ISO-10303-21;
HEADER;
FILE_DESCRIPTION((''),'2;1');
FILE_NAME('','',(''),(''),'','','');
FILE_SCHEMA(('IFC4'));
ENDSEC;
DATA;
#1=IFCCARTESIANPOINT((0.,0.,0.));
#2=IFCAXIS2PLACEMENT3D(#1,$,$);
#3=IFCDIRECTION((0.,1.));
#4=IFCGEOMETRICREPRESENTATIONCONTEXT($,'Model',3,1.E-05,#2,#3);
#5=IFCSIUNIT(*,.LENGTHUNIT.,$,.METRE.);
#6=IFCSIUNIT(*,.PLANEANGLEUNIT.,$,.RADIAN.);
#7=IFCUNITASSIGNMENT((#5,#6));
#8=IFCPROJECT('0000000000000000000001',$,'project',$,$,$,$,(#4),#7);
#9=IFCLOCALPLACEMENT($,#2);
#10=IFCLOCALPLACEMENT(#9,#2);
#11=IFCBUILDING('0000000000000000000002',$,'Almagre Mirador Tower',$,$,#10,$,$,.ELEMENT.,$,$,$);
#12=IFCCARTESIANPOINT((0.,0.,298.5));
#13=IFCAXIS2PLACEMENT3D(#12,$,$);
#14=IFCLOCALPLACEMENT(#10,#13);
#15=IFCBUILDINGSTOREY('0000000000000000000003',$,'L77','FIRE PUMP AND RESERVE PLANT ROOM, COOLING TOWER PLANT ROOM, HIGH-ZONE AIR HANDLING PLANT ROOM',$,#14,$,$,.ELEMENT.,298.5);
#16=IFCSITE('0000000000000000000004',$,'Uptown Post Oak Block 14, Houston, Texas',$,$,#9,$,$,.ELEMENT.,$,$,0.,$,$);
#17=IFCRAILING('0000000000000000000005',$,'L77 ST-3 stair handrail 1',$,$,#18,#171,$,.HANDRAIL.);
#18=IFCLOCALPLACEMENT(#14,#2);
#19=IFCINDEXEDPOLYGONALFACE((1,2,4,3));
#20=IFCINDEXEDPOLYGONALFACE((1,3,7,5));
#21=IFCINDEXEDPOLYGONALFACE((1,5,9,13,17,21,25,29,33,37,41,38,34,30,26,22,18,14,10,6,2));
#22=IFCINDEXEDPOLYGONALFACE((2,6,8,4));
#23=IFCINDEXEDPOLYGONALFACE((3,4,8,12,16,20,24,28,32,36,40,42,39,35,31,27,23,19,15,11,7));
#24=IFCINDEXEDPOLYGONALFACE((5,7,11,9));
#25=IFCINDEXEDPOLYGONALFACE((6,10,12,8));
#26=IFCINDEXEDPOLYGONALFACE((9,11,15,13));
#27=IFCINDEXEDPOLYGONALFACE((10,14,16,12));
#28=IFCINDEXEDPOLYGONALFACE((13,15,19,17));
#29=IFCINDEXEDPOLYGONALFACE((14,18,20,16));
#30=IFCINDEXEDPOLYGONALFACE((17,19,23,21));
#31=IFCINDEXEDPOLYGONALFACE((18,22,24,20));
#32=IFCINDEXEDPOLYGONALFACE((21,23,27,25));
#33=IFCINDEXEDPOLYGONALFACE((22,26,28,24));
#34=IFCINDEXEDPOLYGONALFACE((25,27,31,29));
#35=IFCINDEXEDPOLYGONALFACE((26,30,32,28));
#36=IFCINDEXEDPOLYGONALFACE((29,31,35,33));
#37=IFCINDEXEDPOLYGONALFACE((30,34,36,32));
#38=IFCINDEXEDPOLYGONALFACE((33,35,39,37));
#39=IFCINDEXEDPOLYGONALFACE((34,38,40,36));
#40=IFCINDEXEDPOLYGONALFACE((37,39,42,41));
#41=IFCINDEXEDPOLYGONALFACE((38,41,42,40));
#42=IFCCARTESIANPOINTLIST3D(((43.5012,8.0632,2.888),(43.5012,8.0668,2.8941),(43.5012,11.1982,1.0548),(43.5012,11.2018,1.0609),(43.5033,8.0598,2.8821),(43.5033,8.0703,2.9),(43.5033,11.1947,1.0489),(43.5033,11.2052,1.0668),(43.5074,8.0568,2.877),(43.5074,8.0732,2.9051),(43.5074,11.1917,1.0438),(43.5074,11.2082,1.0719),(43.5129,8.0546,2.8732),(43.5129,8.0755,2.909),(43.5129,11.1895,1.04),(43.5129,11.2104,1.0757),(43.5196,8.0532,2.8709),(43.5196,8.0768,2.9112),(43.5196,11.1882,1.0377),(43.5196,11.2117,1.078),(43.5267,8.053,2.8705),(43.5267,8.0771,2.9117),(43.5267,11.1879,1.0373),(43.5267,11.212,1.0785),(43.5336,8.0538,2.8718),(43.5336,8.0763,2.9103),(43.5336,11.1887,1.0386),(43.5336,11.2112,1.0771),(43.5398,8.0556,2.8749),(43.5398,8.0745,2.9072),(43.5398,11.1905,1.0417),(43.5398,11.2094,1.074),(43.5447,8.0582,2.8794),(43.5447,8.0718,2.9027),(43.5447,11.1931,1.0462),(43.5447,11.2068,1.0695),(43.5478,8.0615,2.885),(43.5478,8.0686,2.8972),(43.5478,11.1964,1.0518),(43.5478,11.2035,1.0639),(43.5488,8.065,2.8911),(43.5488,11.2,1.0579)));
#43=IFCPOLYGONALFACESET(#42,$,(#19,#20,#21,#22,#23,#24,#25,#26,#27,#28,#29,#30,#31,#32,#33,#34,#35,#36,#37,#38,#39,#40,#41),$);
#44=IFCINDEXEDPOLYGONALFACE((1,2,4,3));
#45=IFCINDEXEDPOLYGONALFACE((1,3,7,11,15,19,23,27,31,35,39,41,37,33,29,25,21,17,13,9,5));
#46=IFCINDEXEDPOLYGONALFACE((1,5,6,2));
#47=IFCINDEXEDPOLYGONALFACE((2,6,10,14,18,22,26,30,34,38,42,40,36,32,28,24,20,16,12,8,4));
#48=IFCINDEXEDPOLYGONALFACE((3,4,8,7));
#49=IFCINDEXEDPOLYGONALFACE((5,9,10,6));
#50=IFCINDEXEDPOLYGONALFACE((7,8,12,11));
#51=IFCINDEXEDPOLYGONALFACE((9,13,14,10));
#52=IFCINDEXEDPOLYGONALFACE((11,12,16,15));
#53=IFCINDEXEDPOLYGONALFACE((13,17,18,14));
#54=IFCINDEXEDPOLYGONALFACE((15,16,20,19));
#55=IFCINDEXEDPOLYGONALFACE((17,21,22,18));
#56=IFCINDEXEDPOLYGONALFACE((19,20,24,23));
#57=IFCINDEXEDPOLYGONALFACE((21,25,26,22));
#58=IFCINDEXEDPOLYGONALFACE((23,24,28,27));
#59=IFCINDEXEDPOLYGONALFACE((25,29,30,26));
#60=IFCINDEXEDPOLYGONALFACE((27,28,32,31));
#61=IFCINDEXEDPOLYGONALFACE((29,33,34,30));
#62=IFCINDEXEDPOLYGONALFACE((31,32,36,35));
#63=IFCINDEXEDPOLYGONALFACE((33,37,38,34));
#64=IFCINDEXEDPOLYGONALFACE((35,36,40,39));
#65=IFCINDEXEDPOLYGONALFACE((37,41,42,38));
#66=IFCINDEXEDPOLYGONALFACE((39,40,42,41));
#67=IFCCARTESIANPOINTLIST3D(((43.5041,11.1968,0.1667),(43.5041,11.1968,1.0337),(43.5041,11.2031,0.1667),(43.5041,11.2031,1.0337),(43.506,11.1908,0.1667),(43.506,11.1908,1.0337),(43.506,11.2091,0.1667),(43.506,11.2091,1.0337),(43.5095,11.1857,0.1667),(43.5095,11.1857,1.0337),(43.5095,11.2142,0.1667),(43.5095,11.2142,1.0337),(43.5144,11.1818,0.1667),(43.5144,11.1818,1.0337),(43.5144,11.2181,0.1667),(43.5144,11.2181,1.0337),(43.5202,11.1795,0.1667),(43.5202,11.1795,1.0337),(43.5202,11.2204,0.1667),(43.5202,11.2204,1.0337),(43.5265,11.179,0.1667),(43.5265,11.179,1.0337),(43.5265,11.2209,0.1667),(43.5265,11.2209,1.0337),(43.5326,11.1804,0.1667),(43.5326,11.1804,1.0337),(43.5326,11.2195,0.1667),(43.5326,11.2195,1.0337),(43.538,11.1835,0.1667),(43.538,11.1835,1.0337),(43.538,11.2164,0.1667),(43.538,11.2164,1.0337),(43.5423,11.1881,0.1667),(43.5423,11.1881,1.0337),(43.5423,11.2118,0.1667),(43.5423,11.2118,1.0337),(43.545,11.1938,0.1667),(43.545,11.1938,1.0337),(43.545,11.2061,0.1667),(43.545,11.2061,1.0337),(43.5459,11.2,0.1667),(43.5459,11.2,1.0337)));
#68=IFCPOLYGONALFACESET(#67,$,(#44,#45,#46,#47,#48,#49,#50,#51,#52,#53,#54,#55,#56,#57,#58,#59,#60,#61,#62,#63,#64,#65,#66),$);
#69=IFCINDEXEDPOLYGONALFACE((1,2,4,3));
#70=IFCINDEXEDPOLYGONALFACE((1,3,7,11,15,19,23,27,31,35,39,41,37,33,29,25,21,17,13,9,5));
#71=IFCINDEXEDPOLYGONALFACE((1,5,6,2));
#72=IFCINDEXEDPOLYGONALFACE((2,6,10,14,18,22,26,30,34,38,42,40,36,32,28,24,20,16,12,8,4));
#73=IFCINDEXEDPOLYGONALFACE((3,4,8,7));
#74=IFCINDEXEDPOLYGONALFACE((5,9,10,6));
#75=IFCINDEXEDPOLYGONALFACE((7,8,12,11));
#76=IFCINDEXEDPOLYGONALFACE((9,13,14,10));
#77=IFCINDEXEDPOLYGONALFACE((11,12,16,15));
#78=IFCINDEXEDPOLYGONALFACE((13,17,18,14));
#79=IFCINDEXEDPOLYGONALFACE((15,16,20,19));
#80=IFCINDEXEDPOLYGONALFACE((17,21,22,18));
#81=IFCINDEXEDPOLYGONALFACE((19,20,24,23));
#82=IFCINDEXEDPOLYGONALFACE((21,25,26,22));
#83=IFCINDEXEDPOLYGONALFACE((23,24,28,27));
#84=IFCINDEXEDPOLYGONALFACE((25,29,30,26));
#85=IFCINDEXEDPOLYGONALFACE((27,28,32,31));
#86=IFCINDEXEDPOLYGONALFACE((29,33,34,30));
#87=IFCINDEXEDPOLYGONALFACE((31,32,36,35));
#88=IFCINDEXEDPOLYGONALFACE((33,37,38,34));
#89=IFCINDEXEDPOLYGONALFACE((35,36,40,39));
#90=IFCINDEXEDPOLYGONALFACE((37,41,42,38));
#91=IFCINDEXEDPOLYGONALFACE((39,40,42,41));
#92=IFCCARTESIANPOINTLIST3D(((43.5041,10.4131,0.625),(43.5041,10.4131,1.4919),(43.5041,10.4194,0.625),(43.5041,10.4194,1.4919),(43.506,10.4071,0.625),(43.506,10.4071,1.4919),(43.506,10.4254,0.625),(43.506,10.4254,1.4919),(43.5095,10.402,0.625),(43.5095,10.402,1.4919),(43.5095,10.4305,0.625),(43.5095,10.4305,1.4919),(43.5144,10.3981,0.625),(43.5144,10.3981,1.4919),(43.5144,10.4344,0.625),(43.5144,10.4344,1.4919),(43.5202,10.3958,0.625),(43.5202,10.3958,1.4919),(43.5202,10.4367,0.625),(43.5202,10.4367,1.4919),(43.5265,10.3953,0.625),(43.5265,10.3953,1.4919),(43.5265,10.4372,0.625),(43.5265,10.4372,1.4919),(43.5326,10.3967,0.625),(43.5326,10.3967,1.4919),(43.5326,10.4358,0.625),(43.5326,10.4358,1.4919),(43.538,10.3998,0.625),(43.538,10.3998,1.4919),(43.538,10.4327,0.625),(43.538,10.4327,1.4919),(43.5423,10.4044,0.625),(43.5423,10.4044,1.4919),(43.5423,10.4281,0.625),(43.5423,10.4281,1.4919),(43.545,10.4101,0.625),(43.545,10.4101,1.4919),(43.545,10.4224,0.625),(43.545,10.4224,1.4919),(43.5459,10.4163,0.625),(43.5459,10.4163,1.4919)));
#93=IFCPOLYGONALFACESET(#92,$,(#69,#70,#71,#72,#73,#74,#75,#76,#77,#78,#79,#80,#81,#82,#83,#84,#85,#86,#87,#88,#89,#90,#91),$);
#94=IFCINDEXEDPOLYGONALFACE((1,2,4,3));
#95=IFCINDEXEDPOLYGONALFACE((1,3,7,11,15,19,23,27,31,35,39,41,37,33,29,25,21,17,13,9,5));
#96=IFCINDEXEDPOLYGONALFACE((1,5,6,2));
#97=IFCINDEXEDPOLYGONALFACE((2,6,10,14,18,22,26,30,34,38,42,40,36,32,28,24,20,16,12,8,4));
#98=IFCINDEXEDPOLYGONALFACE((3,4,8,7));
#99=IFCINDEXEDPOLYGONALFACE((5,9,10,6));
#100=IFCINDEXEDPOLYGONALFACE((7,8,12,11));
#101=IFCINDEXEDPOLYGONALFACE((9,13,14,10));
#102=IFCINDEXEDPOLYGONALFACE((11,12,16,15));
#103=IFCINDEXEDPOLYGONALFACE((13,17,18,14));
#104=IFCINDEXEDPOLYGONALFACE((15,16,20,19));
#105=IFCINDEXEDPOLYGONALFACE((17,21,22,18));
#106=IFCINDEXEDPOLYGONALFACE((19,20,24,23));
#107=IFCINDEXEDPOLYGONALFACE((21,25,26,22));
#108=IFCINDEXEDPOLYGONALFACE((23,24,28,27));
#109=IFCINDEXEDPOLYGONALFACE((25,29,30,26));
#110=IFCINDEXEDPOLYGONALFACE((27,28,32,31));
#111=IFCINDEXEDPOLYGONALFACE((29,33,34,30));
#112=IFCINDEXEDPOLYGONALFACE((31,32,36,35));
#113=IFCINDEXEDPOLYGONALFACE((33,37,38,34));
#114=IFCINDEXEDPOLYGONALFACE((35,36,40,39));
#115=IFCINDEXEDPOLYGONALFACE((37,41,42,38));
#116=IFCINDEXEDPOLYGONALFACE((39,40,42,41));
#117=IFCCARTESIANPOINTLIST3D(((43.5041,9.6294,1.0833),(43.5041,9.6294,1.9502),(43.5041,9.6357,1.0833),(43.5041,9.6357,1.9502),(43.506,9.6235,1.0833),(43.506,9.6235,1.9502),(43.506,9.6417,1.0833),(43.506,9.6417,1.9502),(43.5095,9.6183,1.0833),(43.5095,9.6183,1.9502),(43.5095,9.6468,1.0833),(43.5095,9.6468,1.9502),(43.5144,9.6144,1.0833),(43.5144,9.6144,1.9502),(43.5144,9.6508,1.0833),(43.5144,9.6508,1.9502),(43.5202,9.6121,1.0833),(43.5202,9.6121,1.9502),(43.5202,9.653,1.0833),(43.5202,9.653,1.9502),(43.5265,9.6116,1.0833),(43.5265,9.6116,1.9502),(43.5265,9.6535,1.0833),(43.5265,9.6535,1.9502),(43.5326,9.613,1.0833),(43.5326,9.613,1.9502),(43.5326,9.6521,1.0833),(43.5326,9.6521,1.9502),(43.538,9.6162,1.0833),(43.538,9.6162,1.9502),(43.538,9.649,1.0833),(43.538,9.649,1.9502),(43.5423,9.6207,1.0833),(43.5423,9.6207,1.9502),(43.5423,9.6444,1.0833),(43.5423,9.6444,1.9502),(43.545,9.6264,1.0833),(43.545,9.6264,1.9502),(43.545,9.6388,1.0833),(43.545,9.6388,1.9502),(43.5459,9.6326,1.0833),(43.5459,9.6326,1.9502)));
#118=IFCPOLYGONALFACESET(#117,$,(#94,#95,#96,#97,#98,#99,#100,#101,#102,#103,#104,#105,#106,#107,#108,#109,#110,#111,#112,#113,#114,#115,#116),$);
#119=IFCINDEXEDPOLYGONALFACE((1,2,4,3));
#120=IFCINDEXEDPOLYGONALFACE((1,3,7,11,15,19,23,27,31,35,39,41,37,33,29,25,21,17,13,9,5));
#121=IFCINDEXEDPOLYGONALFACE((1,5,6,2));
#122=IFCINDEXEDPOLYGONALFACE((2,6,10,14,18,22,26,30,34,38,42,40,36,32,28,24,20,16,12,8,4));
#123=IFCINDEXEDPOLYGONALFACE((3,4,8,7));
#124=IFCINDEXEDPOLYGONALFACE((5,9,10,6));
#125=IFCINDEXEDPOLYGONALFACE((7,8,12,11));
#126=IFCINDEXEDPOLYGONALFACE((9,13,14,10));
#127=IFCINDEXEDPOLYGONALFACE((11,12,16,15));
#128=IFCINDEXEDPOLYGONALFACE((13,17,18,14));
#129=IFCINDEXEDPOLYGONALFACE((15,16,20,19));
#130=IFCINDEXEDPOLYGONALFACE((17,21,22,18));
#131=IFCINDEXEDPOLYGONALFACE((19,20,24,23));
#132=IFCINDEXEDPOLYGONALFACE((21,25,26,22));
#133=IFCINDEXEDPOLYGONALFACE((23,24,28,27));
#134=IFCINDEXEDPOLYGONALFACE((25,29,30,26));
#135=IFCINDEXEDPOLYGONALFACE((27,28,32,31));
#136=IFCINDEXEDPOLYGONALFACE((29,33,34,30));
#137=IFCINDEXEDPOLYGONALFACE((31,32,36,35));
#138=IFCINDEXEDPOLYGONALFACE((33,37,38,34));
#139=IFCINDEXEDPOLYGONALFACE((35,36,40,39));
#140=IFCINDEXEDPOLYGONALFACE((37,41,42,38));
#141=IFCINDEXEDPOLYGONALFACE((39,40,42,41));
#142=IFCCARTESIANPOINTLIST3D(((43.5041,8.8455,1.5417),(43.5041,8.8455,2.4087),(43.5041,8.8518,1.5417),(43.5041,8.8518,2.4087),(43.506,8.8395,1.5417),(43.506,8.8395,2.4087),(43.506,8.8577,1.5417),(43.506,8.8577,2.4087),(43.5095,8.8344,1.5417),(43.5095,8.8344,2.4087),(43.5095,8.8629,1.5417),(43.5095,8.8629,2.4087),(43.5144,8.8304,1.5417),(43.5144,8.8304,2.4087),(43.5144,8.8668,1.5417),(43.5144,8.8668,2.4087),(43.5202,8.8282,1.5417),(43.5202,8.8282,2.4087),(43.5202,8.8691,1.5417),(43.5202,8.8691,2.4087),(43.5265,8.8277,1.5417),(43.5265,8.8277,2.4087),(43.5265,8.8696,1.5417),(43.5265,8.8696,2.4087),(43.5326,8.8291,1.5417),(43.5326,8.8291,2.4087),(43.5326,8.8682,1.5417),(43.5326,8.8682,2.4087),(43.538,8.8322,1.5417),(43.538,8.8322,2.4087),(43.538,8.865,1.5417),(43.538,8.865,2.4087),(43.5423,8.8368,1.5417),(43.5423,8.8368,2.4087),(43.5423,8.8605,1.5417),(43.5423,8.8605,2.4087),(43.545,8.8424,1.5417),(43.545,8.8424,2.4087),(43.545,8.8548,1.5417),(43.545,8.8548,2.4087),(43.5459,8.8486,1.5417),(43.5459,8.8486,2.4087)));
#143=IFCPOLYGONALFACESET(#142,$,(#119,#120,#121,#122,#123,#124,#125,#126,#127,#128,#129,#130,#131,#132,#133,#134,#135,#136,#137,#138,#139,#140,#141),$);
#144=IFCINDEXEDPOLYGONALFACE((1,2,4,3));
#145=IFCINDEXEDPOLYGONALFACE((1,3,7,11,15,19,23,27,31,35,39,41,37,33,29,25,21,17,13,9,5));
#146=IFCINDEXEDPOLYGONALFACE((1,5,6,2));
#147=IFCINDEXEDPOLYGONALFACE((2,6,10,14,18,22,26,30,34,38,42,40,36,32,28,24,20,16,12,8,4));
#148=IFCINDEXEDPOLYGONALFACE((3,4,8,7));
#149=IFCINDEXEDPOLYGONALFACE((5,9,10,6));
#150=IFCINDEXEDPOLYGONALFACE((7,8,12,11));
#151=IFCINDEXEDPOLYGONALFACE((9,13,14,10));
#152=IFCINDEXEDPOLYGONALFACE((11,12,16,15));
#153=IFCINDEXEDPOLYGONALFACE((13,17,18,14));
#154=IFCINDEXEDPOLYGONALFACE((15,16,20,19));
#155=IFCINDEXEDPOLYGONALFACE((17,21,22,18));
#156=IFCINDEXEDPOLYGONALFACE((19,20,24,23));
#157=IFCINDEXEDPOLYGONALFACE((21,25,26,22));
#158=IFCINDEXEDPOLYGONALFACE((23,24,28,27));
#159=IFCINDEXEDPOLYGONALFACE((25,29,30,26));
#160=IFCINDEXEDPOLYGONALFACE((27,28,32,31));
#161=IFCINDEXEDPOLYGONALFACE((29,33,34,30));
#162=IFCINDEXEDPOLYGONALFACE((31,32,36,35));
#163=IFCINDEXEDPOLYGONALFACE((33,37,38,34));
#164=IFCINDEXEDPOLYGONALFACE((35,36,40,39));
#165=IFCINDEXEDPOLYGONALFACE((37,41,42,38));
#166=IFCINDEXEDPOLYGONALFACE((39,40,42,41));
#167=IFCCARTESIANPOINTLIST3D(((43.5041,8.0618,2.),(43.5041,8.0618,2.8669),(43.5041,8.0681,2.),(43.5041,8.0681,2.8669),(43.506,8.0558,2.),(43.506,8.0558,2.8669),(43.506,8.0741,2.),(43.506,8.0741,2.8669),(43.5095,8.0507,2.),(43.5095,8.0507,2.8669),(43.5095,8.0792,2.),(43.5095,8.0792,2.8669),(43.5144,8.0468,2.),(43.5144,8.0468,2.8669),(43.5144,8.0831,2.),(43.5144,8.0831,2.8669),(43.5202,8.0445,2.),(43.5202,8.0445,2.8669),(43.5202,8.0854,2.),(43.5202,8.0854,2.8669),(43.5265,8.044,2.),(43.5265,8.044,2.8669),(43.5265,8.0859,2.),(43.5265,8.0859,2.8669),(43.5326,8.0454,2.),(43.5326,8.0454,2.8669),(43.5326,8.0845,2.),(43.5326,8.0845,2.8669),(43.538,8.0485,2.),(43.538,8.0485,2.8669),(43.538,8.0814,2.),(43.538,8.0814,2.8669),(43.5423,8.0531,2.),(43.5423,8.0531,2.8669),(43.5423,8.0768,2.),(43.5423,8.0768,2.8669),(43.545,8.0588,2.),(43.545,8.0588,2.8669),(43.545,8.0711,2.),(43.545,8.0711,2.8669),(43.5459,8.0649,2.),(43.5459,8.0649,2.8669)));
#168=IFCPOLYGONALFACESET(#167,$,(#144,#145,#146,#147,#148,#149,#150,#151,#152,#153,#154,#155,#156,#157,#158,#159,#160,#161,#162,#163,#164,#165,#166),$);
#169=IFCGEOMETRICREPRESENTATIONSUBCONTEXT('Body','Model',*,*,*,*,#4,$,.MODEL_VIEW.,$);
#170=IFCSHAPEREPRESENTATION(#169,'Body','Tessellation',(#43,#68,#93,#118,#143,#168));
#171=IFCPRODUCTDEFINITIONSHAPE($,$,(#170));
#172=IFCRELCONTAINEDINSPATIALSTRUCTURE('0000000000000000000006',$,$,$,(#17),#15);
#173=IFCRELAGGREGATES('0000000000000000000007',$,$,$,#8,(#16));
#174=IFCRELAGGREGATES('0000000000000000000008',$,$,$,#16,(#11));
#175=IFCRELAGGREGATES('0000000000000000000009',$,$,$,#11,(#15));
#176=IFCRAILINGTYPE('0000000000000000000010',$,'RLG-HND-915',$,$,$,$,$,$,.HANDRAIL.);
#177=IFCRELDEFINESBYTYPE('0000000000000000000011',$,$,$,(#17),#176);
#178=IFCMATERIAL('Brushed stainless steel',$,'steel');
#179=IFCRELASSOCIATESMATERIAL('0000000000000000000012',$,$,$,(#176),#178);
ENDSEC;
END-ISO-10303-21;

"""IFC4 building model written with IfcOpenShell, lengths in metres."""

from ifc_helpers import new_model, si_unit, direction, frame, origin, origin_2d, place, context, subcontext, project, spatial, circle, extrude, material, type_object, element, save


model = new_model("IFC4")

# Units and contexts
model_context = context("Model", 3, precision=1e-05, world=origin(), true_north=direction((0.0, 1.0)))
body_context = subcontext(model_context, "Body", "Model", "MODEL_VIEW")
ifc_project = project(units=[si_unit("LENGTHUNIT", "METRE"), si_unit("PLANEANGLEUNIT", "RADIAN")], contexts=[model_context])

# Site, building, storey
site_placement = place(None, origin())
site = spatial("IfcSite", under=ifc_project, at=site_placement, Name="Uptown Post Oak Block 14, Houston, Texas", CompositionType="ELEMENT", RefElevation=0.0)
building_placement = place(site_placement, origin())
building = spatial("IfcBuilding", under=site, at=building_placement, Name="Almagre Mirador Tower", CompositionType="ELEMENT")
storey_placement = place(building_placement, frame((0.0, 0.0, 298.5)))
storey = spatial("IfcBuildingStorey", under=building, at=storey_placement, Name="L77", Description="FIRE PUMP AND RESERVE PLANT ROOM, COOLING TOWER PLANT ROOM, HIGH-ZONE AIR HANDLING PLANT ROOM", CompositionType="ELEMENT", Elevation=298.5)

# Railing
ifc_material_1 = material(Name="Brushed stainless steel", Category="steel")
railing_type_1 = type_object("IfcRailingType", Name="RLG-HND-915", PredefinedType="HANDRAIL", material=ifc_material_1)
railing_1_placement = place(storey_placement, frame((43.5249, 11.2, 0.1667)))
element("IfcRailing", 1, at=railing_1_placement, inside=storey, type_object=railing_type_1, Name="L77 ST-3 stair handrail 1", PredefinedType="HANDRAIL", context=body_context, shape_type="SweptSolid", body=[
    extrude(circle(Radius=0.0239, at=origin_2d()), frame((0.0, 0.0, 0.8911), z_axis=(0.0, -0.86324, 0.504794), x_axis=(1.0, 0.0, 0.0)), (0.0, 0.0, 1.0), 3.6316),
    extrude(circle(Radius=0.021, at=origin_2d()), origin(), (0.0, 0.0, 1.0), 0.8669),
    extrude(circle(Radius=0.021, at=origin_2d()), frame((0.0, -0.7837, 0.4583)), (0.0, 0.0, 1.0), 0.8669),
    extrude(circle(Radius=0.021, at=origin_2d()), frame((0.0, -1.5674, 0.9165)), (0.0, 0.0, 1.0), 0.8669),
    extrude(circle(Radius=0.021, at=origin_2d()), frame((0.0, -2.3513, 1.375)), (0.0, 0.0, 1.0), 0.8669),
    extrude(circle(Radius=0.021, at=origin_2d()), frame((0.0, -3.135, 1.8333)), (0.0, 0.0, 1.0), 0.8669),
])

save(model, "model.ifc")
